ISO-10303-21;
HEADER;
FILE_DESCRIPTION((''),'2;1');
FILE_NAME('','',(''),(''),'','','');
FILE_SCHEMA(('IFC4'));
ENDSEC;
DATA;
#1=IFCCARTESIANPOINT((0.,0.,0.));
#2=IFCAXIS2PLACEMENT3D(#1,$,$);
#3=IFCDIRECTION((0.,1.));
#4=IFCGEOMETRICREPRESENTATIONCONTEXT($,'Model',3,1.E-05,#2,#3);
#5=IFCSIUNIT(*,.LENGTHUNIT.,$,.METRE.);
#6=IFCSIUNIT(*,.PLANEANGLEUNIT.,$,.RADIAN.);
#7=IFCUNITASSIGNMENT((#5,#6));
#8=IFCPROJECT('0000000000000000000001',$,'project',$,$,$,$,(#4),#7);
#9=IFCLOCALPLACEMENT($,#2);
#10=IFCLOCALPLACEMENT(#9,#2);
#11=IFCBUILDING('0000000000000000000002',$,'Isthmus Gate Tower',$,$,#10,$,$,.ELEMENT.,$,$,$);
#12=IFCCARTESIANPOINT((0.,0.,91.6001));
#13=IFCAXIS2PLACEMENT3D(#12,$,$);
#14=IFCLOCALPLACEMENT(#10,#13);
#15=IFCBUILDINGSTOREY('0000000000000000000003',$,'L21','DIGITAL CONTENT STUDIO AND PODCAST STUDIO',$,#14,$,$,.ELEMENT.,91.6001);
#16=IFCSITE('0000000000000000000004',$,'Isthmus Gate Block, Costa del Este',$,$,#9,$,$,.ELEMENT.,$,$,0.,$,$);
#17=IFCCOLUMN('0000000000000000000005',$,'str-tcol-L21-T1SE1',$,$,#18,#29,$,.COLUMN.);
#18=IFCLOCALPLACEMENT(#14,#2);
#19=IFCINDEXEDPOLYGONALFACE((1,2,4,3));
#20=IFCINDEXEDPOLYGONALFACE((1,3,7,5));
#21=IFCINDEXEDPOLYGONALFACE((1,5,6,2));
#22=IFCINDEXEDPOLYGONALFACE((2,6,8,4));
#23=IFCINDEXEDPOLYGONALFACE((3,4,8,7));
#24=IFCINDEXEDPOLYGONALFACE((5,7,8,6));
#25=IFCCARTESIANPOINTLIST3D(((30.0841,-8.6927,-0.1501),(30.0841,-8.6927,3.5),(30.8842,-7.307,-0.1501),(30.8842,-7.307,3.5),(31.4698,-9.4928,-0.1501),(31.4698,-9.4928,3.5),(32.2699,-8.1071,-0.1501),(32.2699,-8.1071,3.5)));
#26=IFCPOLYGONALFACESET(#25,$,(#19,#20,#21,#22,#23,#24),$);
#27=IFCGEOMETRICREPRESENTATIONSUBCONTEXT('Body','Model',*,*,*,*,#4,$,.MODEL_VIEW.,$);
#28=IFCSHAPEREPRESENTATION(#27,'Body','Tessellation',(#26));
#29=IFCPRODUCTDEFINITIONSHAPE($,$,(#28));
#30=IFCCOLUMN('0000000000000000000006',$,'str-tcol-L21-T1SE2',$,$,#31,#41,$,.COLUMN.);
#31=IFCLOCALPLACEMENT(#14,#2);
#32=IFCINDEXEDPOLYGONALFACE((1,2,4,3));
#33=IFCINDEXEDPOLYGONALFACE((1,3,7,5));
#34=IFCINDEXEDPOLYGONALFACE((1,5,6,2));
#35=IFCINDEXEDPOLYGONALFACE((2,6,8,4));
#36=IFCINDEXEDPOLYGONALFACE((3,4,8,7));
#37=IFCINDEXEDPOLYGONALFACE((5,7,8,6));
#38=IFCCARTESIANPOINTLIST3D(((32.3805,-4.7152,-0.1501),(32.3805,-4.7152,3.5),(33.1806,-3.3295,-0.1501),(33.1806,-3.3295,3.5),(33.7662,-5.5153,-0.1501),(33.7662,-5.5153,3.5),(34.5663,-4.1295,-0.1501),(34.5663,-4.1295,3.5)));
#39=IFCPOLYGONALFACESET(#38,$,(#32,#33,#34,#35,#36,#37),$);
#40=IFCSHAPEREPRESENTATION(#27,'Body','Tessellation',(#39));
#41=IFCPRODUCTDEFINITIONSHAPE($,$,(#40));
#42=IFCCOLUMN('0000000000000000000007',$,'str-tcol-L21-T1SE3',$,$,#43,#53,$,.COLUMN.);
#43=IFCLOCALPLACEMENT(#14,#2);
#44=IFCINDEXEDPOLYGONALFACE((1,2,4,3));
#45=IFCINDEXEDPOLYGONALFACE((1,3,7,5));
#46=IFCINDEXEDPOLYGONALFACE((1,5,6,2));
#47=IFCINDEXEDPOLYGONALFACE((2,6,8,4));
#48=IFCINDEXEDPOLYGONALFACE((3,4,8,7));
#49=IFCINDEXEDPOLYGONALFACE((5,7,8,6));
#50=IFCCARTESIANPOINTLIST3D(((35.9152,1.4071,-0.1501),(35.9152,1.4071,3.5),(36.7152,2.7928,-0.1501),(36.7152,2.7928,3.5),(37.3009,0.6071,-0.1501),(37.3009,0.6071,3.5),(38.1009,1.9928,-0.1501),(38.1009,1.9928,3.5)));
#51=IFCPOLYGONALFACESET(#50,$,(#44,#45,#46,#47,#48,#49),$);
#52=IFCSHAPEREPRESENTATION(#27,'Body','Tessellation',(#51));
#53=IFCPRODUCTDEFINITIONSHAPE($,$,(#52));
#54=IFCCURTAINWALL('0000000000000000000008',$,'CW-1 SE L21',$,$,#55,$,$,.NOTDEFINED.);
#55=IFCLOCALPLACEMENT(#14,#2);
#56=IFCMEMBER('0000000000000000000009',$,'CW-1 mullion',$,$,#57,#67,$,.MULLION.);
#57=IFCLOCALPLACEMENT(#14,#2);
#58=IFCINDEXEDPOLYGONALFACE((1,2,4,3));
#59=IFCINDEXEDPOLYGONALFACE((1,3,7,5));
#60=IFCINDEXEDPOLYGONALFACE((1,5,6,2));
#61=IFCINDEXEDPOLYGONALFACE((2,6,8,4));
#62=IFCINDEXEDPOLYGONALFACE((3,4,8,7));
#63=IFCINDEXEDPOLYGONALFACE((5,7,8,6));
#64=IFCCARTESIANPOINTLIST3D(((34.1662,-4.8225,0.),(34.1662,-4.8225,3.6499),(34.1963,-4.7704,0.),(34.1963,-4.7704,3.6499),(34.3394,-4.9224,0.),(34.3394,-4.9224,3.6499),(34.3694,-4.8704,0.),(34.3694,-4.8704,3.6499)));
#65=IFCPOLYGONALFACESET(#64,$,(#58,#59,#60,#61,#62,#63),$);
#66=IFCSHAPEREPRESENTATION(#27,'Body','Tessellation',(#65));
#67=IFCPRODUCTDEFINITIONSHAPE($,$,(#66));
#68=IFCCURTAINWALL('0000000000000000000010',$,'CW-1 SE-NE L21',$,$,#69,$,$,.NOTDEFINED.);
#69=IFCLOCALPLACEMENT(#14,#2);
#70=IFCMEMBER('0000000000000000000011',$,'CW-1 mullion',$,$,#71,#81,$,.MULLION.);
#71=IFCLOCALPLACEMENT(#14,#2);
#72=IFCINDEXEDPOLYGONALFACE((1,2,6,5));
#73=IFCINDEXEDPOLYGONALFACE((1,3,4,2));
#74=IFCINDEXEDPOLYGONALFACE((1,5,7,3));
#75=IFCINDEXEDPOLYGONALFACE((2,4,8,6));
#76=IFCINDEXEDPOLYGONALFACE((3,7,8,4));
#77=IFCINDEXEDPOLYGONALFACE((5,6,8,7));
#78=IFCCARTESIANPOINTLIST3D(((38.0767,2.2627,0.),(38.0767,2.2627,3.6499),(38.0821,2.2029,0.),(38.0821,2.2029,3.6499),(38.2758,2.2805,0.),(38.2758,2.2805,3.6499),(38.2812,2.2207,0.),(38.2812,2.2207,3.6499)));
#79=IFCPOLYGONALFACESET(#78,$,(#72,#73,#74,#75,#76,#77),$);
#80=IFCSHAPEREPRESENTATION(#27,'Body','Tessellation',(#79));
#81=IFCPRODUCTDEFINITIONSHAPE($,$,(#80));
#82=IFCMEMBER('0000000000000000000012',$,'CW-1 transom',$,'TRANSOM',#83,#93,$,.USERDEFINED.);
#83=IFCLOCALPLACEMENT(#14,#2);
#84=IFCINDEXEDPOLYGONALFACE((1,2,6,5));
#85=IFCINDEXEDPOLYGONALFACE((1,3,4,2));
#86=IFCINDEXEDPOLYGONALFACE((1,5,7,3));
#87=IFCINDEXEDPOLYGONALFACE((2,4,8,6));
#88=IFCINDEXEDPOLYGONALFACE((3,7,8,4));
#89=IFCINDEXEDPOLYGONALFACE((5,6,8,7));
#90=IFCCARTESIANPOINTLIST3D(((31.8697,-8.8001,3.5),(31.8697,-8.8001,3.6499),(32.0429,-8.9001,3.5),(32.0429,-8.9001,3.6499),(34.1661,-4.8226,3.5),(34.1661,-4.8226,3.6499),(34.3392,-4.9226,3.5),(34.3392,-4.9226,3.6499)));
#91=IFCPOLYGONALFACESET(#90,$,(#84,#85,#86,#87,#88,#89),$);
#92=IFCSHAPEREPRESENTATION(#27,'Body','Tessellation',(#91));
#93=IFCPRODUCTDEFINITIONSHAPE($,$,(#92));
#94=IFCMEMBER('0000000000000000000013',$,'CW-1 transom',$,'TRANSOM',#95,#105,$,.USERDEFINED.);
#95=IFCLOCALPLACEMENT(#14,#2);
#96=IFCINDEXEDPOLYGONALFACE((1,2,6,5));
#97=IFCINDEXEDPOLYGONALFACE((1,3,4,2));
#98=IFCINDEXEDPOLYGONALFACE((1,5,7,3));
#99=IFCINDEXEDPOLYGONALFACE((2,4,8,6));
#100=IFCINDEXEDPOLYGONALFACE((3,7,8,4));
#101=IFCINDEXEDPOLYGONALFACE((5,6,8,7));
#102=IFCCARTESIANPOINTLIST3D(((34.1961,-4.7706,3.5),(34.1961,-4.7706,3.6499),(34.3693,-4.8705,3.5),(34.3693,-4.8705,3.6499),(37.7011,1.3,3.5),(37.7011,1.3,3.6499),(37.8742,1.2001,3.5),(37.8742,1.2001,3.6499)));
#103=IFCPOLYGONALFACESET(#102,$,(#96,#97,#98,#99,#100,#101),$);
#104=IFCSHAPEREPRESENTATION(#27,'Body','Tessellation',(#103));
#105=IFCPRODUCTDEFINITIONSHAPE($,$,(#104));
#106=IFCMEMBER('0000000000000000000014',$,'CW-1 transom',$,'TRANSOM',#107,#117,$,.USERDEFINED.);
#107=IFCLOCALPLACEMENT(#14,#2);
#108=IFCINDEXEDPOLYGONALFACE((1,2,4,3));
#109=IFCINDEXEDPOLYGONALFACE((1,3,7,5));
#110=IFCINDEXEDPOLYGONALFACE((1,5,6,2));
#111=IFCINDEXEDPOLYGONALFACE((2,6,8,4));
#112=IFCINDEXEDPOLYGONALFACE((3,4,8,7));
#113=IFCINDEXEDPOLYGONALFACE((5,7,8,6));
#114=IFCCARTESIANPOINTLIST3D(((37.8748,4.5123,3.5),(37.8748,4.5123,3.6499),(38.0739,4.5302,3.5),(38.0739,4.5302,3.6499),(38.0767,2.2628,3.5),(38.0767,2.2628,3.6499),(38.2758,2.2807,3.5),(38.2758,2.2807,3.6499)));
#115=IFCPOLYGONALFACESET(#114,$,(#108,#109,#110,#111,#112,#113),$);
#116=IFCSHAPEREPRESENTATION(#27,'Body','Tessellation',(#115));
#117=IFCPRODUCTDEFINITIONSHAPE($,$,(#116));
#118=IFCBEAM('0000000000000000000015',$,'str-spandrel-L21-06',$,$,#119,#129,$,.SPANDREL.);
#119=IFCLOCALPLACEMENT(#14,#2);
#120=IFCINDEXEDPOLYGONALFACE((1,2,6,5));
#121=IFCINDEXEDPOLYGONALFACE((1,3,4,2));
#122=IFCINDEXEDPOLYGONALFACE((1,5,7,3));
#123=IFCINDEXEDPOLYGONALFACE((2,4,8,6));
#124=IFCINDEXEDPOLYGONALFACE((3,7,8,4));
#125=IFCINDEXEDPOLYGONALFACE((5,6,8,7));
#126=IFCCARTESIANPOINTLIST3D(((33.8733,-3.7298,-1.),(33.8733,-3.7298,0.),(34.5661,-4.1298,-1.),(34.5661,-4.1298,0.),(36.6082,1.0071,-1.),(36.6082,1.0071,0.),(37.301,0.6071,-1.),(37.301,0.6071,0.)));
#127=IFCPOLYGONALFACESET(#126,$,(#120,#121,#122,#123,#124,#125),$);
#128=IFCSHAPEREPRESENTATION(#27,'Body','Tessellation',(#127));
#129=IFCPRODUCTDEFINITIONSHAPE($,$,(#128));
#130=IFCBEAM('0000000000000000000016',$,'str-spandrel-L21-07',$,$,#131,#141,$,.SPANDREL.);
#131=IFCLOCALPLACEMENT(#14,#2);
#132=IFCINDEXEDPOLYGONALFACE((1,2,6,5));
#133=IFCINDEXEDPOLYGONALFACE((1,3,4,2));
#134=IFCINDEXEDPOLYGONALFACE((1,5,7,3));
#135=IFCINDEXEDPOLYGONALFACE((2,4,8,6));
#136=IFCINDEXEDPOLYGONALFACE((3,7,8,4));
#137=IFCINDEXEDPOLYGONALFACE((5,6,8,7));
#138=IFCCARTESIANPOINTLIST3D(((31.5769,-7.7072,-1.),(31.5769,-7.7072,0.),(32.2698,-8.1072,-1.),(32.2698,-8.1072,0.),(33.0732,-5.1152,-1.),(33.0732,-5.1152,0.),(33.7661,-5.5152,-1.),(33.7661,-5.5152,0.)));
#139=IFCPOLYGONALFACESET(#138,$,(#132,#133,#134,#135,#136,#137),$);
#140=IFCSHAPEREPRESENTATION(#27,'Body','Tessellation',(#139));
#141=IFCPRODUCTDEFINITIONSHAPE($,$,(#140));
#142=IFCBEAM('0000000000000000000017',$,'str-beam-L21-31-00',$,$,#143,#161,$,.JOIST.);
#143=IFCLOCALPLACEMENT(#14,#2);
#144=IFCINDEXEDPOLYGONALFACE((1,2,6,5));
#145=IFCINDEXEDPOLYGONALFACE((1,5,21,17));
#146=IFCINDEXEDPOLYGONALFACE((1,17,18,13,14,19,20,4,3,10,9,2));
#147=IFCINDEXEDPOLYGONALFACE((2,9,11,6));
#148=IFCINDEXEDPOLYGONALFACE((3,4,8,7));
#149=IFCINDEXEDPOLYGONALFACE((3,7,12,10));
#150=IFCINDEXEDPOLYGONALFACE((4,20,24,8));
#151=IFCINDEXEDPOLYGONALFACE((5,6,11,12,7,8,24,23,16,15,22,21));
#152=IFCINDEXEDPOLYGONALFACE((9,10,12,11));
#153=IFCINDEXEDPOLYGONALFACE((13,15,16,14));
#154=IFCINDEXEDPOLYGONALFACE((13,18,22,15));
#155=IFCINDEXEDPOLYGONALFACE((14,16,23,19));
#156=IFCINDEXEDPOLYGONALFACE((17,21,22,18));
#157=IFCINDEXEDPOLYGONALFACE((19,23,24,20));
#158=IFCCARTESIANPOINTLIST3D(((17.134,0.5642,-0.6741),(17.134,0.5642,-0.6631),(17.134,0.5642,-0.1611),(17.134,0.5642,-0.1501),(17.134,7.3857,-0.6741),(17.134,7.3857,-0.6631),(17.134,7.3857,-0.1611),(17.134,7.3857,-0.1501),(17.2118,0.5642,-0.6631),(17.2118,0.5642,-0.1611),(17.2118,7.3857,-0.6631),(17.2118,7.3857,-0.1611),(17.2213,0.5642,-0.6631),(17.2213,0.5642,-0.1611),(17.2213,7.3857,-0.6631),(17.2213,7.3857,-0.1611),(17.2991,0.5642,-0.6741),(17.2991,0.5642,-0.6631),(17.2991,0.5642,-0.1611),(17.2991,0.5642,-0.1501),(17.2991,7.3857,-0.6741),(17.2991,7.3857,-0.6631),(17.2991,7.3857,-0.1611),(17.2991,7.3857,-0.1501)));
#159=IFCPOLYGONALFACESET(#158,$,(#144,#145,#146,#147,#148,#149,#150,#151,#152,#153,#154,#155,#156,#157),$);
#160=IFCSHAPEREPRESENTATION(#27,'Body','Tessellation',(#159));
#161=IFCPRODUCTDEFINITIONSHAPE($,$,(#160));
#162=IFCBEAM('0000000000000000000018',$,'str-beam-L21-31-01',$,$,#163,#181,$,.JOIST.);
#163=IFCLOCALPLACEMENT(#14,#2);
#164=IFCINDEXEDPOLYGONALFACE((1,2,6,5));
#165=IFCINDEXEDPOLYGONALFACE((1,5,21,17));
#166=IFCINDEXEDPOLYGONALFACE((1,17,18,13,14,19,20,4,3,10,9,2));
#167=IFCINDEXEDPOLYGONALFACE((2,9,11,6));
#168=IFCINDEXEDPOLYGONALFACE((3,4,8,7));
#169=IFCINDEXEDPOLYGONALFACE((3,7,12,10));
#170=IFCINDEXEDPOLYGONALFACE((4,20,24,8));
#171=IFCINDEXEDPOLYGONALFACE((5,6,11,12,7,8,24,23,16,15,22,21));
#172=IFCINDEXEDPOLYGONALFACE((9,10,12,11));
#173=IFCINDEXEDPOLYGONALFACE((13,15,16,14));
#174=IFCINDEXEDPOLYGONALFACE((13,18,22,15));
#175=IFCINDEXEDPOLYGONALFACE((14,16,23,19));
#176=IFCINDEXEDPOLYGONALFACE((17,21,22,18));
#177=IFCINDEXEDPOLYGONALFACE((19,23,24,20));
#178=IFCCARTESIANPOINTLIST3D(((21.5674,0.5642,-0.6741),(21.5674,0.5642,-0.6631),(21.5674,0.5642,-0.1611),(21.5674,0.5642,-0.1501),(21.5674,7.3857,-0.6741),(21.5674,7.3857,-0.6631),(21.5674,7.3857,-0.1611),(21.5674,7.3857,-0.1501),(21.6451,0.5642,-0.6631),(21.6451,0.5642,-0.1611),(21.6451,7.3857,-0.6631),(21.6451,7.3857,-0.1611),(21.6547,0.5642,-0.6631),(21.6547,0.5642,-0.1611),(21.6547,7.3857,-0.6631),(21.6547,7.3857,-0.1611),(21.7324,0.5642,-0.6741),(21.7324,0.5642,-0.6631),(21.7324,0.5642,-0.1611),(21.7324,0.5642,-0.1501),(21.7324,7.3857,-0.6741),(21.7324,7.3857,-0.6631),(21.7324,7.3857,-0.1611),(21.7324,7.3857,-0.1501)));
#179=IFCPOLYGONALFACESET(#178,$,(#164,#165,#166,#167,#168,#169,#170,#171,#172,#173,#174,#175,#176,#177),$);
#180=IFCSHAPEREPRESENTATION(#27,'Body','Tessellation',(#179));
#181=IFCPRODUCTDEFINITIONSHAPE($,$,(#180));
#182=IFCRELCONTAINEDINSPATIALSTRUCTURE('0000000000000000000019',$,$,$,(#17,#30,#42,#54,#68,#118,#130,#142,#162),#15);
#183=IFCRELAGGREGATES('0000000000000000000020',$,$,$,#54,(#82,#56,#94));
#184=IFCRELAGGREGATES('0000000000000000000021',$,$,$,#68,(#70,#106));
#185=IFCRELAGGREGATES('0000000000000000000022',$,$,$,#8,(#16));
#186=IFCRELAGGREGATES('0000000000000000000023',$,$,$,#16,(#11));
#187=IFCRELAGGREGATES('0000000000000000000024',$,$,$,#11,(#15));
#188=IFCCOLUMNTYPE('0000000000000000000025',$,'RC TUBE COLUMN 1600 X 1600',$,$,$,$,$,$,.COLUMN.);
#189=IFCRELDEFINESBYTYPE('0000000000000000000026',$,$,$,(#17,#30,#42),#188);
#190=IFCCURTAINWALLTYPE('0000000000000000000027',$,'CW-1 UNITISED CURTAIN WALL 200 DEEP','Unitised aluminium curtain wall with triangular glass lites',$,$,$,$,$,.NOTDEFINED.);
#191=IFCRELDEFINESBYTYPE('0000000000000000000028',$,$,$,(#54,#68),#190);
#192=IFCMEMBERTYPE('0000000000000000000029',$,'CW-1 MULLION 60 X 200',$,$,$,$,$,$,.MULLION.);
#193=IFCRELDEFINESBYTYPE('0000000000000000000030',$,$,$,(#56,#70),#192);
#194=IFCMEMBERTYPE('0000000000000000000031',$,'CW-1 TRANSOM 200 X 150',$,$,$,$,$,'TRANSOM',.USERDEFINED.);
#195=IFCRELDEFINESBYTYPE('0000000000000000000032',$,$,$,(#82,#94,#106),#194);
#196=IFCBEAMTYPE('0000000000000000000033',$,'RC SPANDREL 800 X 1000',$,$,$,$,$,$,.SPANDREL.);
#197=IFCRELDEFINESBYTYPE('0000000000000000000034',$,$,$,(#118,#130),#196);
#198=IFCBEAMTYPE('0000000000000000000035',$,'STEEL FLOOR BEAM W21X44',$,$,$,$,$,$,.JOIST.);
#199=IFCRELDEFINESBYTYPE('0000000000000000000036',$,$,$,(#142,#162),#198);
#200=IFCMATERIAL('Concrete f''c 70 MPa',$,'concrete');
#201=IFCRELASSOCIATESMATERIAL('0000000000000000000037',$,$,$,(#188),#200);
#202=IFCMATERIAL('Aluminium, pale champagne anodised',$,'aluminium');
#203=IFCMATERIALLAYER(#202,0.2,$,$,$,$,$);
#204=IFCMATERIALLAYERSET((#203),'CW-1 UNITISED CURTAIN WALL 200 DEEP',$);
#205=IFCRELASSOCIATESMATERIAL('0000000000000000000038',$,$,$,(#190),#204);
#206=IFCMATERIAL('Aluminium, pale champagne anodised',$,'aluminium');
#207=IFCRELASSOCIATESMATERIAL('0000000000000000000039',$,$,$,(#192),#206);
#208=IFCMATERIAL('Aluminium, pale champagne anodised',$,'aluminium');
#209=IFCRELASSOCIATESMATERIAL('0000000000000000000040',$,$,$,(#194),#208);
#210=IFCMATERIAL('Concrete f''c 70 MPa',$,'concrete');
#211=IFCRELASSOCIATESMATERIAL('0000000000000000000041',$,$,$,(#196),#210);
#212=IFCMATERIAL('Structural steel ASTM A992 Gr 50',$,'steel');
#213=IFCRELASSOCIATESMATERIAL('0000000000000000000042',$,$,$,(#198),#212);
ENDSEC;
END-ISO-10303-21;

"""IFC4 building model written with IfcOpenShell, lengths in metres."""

from ifc_helpers import new_model, si_unit, direction, frame, origin, origin_2d, place, context, subcontext, project, spatial, rectangle, i_section, extrude, material, layer, layer_set, material_profile, profile_set, type_object, element, aggregate, save


model = new_model("IFC4")

# Units and contexts
model_context = context("Model", 3, precision=1e-05, world=origin(), true_north=direction((0.0, 1.0)))
body_context = subcontext(model_context, "Body", "Model", "MODEL_VIEW")
ifc_project = project(units=[si_unit("LENGTHUNIT", "METRE"), si_unit("PLANEANGLEUNIT", "RADIAN")], contexts=[model_context])

# Site, building, storey
site_placement = place(None, origin())
site = spatial("IfcSite", under=ifc_project, at=site_placement, Name="Isthmus Gate Block, Costa del Este", CompositionType="ELEMENT", RefElevation=0.0)
building_placement = place(site_placement, origin())
building = spatial("IfcBuilding", under=site, at=building_placement, Name="Isthmus Gate Tower", CompositionType="ELEMENT")
storey_placement = place(building_placement, frame((0.0, 0.0, 91.6001)))
storey = spatial("IfcBuildingStorey", under=building, at=storey_placement, Name="L21", Description="DIGITAL CONTENT STUDIO AND PODCAST STUDIO", CompositionType="ELEMENT", Elevation=91.6001)

# Columns
ifc_material_1 = material(Name="Concrete f'c 70 MPa", Category="concrete")
ifc_material_profile_1 = material_profile(ifc_material_1, rectangle(XDim=1.6001, YDim=1.6001, at=origin_2d()), Name="RC 1600X1600")
ifc_profile_set_1 = profile_set([ifc_material_profile_1], Name="Concrete f'c 70 MPa")
column_type = type_object("IfcColumnType", Name="RC TUBE COLUMN 1600 X 1600", PredefinedType="COLUMN", material=ifc_profile_set_1)
for number, where, z_axis, x_axis, name in (
    (1, (31.177, -8.3999, -0.1501), (0.0, 0.0, 1.0), (0.5, 0.866025, 0.0), "str-tcol-L21-T1SE1"),
    (2, (33.4734, -4.4224, -0.1501), (0.0, 0.0, 1.0), (0.5, 0.866025, 0.0), "str-tcol-L21-T1SE2"),
    (3, (37.0081, 1.7, -0.1501), (0.0, 0.0, 1.0), (0.5, 0.866025, 0.0), "str-tcol-L21-T1SE3"),
):
    element("IfcColumn", number, at=place(storey_placement, frame(where, z_axis=z_axis, x_axis=x_axis)), inside=storey, type_object=column_type, Name=name, PredefinedType="COLUMN", context=body_context, shape_type="SweptSolid", body=[
        extrude(rectangle(XDim=1.6001, YDim=1.6001, at=origin_2d()), origin(), (0.0, 0.0, 1.0), 3.6501),
    ])

# Curtain walls, members
ifc_material_2 = material(Name="Aluminium, pale champagne anodised", Category="aluminium")
ifc_layer_1 = layer(ifc_material_2, 0.2)
ifc_layer_set_1 = layer_set([ifc_layer_1], Name="CW-1 UNITISED CURTAIN WALL 200 DEEP")
curtain_wall_type = type_object("IfcCurtainWallType", Name="CW-1 UNITISED CURTAIN WALL 200 DEEP", Description="Unitised aluminium curtain wall with triangular glass lites", PredefinedType="NOTDEFINED", material=ifc_layer_set_1)
curtain_wall_1_placement = place(storey_placement, origin())
curtain_wall_1 = element("IfcCurtainWall", 4, at=curtain_wall_1_placement, inside=storey, type_object=curtain_wall_type, Name="CW-1 SE L21", PredefinedType="NOTDEFINED")
ifc_material_3 = material(Name="Aluminium, pale champagne anodised", Category="aluminium")
ifc_material_profile_2 = material_profile(ifc_material_3, rectangle(XDim=0.0601, YDim=0.2, at=origin_2d()), Name="60x200")
ifc_profile_set_2 = profile_set([ifc_material_profile_2], Name="Aluminium, pale champagne anodised")
member_type_1 = type_object("IfcMemberType", Name="CW-1 MULLION 60 X 200", PredefinedType="MULLION", material=ifc_profile_set_2)
member_1_placement = place(storey_placement, frame((34.2678, -4.8464, 0.0), z_axis=(0.0, 0.0, 1.0), x_axis=(0.5, 0.866025, 0.0)))
member_1 = element("IfcMember", 5, at=member_1_placement, type_object=member_type_1, Name="CW-1 mullion", PredefinedType="MULLION", context=body_context, shape_type="SweptSolid", body=[
    extrude(rectangle(XDim=0.0601, YDim=0.2, at=origin_2d()), origin(), (0.0, 0.0, 1.0), 3.6499),
])
curtain_wall_2_placement = place(storey_placement, origin())
curtain_wall_2 = element("IfcCurtainWall", 6, at=curtain_wall_2_placement, inside=storey, type_object=curtain_wall_type, Name="CW-1 SE-NE L21", PredefinedType="NOTDEFINED")
member_2_placement = place(storey_placement, frame((38.179, 2.2417, 0.0), z_axis=(0.0, 0.0, 1.0), x_axis=(-0.089397, 0.995996, 0.0)))
member_2 = element("IfcMember", 7, at=member_2_placement, type_object=member_type_1, Name="CW-1 mullion", PredefinedType="MULLION", context=body_context, shape_type="SweptSolid", body=[
    extrude(rectangle(XDim=0.0601, YDim=0.2, at=origin_2d()), origin(), (0.0, 0.0, 1.0), 3.6499),
])

# Members
ifc_material_4 = material(Name="Aluminium, pale champagne anodised", Category="aluminium")
ifc_material_profile_3 = material_profile(ifc_material_4, rectangle(XDim=0.2, YDim=0.1499, at=origin_2d()), Name="200x150")
ifc_profile_set_3 = profile_set([ifc_material_profile_3], Name="Aluminium, pale champagne anodised")
member_type_2 = type_object("IfcMemberType", Name="CW-1 TRANSOM 200 X 150", ElementType="TRANSOM", PredefinedType="USERDEFINED", material=ifc_profile_set_3)
member_3_placement = place(storey_placement, frame((31.9563, -8.8501, 3.575), z_axis=(0.499992, 0.86603, 0.0), x_axis=(-0.86603, 0.499992, 0.0)))
member_3 = element("IfcMember", 8, at=member_3_placement, type_object=member_type_2, Name="CW-1 transom", ObjectType="TRANSOM", PredefinedType="USERDEFINED", context=body_context, shape_type="SweptSolid", body=[
    extrude(rectangle(XDim=0.2, YDim=0.1499, at=origin_2d()), origin(), (0.0, 0.0, 1.0), 4.5928),
])
member_4_placement = place(storey_placement, frame((34.2827, -4.8206, 3.575), z_axis=(0.500005, 0.866023, 0.0), x_axis=(-0.866023, 0.500005, 0.0)))
member_4 = element("IfcMember", 9, at=member_4_placement, type_object=member_type_2, Name="CW-1 transom", ObjectType="TRANSOM", PredefinedType="USERDEFINED", context=body_context, shape_type="SweptSolid", body=[
    extrude(rectangle(XDim=0.2, YDim=0.1499, at=origin_2d()), origin(), (0.0, 0.0, 1.0), 7.0098),
])
member_5_placement = place(storey_placement, frame((38.1763, 2.2717, 3.575), z_axis=(-0.089395, 0.995996, 0.0), x_axis=(-0.995996, -0.089395, 0.0)))
member_5 = element("IfcMember", 10, at=member_5_placement, type_object=member_type_2, Name="CW-1 transom", ObjectType="TRANSOM", PredefinedType="USERDEFINED", context=body_context, shape_type="SweptSolid", body=[
    extrude(rectangle(XDim=0.2, YDim=0.1499, at=origin_2d()), origin(), (0.0, 0.0, 1.0), 2.2585),
])

# Beams
ifc_material_5 = material(Name="Concrete f'c 70 MPa", Category="concrete")
ifc_material_profile_4 = material_profile(ifc_material_5, rectangle(XDim=0.8, YDim=1.0, at=origin_2d()), Name="RC 800X1000")
ifc_profile_set_4 = profile_set([ifc_material_profile_4], Name="Concrete f'c 70 MPa")
beam_type_1 = type_object("IfcBeamType", Name="RC SPANDREL 800 X 1000", PredefinedType="SPANDREL", material=ifc_profile_set_4)
beam_1_placement = place(storey_placement, frame((36.9546, 0.8071, -0.5), z_axis=(-0.500008, -0.866021, 0.0), x_axis=(0.866021, -0.500008, 0.0)))
element("IfcBeam", 11, at=beam_1_placement, inside=storey, type_object=beam_type_1, Name="str-spandrel-L21-06", PredefinedType="SPANDREL", context=body_context, shape_type="SweptSolid", body=[
    extrude(rectangle(XDim=0.8, YDim=1.0, at=origin_2d()), origin(), (0.0, 0.0, 1.0), 5.4697),
])
beam_2_placement = place(storey_placement, frame((33.4197, -5.3152, -0.5), z_axis=(-0.499955, -0.866051, 0.0), x_axis=(0.866051, -0.499955, 0.0)))
element("IfcBeam", 12, at=beam_2_placement, inside=storey, type_object=beam_type_1, Name="str-spandrel-L21-07", PredefinedType="SPANDREL", context=body_context, shape_type="SweptSolid", body=[
    extrude(rectangle(XDim=0.8, YDim=1.0, at=origin_2d()), origin(), (0.0, 0.0, 1.0), 2.9929),
])
ifc_material_6 = material(Name="Structural steel ASTM A992 Gr 50", Category="steel")
ifc_material_profile_5 = material_profile(ifc_material_6, i_section(OverallWidth=0.165, OverallDepth=0.5239, WebThickness=0.0095, FlangeThickness=0.011, at=origin_2d()), Name="W21X44")
ifc_profile_set_5 = profile_set([ifc_material_profile_5], Name="Structural steel ASTM A992 Gr 50")
beam_type_2 = type_object("IfcBeamType", Name="STEEL FLOOR BEAM W21X44", PredefinedType="JOIST", material=ifc_profile_set_5)
for number, where, z_axis, x_axis, name in (
    (13, (17.2166, 0.5642, -0.4121), (0.0, 1.0, 0.0), (-1.0, 0.0, 0.0), "str-beam-L21-31-00"),
    (14, (21.6499, 0.5642, -0.4121), (0.0, 1.0, 0.0), (-1.0, 0.0, 0.0), "str-beam-L21-31-01"),
):
    element("IfcBeam", number, at=place(storey_placement, frame(where, z_axis=z_axis, x_axis=x_axis)), inside=storey, type_object=beam_type_2, Name=name, PredefinedType="JOIST", context=body_context, shape_type="SweptSolid", body=[
        extrude(i_section(OverallWidth=0.165, OverallDepth=0.5239, WebThickness=0.0095, FlangeThickness=0.011, at=origin_2d()), origin(), (0.0, 0.0, 1.0), 6.8215),
    ])

aggregate(curtain_wall_1, [member_3, member_1, member_4])
aggregate(curtain_wall_2, [member_2, member_5])

save(model, "model.ifc")
